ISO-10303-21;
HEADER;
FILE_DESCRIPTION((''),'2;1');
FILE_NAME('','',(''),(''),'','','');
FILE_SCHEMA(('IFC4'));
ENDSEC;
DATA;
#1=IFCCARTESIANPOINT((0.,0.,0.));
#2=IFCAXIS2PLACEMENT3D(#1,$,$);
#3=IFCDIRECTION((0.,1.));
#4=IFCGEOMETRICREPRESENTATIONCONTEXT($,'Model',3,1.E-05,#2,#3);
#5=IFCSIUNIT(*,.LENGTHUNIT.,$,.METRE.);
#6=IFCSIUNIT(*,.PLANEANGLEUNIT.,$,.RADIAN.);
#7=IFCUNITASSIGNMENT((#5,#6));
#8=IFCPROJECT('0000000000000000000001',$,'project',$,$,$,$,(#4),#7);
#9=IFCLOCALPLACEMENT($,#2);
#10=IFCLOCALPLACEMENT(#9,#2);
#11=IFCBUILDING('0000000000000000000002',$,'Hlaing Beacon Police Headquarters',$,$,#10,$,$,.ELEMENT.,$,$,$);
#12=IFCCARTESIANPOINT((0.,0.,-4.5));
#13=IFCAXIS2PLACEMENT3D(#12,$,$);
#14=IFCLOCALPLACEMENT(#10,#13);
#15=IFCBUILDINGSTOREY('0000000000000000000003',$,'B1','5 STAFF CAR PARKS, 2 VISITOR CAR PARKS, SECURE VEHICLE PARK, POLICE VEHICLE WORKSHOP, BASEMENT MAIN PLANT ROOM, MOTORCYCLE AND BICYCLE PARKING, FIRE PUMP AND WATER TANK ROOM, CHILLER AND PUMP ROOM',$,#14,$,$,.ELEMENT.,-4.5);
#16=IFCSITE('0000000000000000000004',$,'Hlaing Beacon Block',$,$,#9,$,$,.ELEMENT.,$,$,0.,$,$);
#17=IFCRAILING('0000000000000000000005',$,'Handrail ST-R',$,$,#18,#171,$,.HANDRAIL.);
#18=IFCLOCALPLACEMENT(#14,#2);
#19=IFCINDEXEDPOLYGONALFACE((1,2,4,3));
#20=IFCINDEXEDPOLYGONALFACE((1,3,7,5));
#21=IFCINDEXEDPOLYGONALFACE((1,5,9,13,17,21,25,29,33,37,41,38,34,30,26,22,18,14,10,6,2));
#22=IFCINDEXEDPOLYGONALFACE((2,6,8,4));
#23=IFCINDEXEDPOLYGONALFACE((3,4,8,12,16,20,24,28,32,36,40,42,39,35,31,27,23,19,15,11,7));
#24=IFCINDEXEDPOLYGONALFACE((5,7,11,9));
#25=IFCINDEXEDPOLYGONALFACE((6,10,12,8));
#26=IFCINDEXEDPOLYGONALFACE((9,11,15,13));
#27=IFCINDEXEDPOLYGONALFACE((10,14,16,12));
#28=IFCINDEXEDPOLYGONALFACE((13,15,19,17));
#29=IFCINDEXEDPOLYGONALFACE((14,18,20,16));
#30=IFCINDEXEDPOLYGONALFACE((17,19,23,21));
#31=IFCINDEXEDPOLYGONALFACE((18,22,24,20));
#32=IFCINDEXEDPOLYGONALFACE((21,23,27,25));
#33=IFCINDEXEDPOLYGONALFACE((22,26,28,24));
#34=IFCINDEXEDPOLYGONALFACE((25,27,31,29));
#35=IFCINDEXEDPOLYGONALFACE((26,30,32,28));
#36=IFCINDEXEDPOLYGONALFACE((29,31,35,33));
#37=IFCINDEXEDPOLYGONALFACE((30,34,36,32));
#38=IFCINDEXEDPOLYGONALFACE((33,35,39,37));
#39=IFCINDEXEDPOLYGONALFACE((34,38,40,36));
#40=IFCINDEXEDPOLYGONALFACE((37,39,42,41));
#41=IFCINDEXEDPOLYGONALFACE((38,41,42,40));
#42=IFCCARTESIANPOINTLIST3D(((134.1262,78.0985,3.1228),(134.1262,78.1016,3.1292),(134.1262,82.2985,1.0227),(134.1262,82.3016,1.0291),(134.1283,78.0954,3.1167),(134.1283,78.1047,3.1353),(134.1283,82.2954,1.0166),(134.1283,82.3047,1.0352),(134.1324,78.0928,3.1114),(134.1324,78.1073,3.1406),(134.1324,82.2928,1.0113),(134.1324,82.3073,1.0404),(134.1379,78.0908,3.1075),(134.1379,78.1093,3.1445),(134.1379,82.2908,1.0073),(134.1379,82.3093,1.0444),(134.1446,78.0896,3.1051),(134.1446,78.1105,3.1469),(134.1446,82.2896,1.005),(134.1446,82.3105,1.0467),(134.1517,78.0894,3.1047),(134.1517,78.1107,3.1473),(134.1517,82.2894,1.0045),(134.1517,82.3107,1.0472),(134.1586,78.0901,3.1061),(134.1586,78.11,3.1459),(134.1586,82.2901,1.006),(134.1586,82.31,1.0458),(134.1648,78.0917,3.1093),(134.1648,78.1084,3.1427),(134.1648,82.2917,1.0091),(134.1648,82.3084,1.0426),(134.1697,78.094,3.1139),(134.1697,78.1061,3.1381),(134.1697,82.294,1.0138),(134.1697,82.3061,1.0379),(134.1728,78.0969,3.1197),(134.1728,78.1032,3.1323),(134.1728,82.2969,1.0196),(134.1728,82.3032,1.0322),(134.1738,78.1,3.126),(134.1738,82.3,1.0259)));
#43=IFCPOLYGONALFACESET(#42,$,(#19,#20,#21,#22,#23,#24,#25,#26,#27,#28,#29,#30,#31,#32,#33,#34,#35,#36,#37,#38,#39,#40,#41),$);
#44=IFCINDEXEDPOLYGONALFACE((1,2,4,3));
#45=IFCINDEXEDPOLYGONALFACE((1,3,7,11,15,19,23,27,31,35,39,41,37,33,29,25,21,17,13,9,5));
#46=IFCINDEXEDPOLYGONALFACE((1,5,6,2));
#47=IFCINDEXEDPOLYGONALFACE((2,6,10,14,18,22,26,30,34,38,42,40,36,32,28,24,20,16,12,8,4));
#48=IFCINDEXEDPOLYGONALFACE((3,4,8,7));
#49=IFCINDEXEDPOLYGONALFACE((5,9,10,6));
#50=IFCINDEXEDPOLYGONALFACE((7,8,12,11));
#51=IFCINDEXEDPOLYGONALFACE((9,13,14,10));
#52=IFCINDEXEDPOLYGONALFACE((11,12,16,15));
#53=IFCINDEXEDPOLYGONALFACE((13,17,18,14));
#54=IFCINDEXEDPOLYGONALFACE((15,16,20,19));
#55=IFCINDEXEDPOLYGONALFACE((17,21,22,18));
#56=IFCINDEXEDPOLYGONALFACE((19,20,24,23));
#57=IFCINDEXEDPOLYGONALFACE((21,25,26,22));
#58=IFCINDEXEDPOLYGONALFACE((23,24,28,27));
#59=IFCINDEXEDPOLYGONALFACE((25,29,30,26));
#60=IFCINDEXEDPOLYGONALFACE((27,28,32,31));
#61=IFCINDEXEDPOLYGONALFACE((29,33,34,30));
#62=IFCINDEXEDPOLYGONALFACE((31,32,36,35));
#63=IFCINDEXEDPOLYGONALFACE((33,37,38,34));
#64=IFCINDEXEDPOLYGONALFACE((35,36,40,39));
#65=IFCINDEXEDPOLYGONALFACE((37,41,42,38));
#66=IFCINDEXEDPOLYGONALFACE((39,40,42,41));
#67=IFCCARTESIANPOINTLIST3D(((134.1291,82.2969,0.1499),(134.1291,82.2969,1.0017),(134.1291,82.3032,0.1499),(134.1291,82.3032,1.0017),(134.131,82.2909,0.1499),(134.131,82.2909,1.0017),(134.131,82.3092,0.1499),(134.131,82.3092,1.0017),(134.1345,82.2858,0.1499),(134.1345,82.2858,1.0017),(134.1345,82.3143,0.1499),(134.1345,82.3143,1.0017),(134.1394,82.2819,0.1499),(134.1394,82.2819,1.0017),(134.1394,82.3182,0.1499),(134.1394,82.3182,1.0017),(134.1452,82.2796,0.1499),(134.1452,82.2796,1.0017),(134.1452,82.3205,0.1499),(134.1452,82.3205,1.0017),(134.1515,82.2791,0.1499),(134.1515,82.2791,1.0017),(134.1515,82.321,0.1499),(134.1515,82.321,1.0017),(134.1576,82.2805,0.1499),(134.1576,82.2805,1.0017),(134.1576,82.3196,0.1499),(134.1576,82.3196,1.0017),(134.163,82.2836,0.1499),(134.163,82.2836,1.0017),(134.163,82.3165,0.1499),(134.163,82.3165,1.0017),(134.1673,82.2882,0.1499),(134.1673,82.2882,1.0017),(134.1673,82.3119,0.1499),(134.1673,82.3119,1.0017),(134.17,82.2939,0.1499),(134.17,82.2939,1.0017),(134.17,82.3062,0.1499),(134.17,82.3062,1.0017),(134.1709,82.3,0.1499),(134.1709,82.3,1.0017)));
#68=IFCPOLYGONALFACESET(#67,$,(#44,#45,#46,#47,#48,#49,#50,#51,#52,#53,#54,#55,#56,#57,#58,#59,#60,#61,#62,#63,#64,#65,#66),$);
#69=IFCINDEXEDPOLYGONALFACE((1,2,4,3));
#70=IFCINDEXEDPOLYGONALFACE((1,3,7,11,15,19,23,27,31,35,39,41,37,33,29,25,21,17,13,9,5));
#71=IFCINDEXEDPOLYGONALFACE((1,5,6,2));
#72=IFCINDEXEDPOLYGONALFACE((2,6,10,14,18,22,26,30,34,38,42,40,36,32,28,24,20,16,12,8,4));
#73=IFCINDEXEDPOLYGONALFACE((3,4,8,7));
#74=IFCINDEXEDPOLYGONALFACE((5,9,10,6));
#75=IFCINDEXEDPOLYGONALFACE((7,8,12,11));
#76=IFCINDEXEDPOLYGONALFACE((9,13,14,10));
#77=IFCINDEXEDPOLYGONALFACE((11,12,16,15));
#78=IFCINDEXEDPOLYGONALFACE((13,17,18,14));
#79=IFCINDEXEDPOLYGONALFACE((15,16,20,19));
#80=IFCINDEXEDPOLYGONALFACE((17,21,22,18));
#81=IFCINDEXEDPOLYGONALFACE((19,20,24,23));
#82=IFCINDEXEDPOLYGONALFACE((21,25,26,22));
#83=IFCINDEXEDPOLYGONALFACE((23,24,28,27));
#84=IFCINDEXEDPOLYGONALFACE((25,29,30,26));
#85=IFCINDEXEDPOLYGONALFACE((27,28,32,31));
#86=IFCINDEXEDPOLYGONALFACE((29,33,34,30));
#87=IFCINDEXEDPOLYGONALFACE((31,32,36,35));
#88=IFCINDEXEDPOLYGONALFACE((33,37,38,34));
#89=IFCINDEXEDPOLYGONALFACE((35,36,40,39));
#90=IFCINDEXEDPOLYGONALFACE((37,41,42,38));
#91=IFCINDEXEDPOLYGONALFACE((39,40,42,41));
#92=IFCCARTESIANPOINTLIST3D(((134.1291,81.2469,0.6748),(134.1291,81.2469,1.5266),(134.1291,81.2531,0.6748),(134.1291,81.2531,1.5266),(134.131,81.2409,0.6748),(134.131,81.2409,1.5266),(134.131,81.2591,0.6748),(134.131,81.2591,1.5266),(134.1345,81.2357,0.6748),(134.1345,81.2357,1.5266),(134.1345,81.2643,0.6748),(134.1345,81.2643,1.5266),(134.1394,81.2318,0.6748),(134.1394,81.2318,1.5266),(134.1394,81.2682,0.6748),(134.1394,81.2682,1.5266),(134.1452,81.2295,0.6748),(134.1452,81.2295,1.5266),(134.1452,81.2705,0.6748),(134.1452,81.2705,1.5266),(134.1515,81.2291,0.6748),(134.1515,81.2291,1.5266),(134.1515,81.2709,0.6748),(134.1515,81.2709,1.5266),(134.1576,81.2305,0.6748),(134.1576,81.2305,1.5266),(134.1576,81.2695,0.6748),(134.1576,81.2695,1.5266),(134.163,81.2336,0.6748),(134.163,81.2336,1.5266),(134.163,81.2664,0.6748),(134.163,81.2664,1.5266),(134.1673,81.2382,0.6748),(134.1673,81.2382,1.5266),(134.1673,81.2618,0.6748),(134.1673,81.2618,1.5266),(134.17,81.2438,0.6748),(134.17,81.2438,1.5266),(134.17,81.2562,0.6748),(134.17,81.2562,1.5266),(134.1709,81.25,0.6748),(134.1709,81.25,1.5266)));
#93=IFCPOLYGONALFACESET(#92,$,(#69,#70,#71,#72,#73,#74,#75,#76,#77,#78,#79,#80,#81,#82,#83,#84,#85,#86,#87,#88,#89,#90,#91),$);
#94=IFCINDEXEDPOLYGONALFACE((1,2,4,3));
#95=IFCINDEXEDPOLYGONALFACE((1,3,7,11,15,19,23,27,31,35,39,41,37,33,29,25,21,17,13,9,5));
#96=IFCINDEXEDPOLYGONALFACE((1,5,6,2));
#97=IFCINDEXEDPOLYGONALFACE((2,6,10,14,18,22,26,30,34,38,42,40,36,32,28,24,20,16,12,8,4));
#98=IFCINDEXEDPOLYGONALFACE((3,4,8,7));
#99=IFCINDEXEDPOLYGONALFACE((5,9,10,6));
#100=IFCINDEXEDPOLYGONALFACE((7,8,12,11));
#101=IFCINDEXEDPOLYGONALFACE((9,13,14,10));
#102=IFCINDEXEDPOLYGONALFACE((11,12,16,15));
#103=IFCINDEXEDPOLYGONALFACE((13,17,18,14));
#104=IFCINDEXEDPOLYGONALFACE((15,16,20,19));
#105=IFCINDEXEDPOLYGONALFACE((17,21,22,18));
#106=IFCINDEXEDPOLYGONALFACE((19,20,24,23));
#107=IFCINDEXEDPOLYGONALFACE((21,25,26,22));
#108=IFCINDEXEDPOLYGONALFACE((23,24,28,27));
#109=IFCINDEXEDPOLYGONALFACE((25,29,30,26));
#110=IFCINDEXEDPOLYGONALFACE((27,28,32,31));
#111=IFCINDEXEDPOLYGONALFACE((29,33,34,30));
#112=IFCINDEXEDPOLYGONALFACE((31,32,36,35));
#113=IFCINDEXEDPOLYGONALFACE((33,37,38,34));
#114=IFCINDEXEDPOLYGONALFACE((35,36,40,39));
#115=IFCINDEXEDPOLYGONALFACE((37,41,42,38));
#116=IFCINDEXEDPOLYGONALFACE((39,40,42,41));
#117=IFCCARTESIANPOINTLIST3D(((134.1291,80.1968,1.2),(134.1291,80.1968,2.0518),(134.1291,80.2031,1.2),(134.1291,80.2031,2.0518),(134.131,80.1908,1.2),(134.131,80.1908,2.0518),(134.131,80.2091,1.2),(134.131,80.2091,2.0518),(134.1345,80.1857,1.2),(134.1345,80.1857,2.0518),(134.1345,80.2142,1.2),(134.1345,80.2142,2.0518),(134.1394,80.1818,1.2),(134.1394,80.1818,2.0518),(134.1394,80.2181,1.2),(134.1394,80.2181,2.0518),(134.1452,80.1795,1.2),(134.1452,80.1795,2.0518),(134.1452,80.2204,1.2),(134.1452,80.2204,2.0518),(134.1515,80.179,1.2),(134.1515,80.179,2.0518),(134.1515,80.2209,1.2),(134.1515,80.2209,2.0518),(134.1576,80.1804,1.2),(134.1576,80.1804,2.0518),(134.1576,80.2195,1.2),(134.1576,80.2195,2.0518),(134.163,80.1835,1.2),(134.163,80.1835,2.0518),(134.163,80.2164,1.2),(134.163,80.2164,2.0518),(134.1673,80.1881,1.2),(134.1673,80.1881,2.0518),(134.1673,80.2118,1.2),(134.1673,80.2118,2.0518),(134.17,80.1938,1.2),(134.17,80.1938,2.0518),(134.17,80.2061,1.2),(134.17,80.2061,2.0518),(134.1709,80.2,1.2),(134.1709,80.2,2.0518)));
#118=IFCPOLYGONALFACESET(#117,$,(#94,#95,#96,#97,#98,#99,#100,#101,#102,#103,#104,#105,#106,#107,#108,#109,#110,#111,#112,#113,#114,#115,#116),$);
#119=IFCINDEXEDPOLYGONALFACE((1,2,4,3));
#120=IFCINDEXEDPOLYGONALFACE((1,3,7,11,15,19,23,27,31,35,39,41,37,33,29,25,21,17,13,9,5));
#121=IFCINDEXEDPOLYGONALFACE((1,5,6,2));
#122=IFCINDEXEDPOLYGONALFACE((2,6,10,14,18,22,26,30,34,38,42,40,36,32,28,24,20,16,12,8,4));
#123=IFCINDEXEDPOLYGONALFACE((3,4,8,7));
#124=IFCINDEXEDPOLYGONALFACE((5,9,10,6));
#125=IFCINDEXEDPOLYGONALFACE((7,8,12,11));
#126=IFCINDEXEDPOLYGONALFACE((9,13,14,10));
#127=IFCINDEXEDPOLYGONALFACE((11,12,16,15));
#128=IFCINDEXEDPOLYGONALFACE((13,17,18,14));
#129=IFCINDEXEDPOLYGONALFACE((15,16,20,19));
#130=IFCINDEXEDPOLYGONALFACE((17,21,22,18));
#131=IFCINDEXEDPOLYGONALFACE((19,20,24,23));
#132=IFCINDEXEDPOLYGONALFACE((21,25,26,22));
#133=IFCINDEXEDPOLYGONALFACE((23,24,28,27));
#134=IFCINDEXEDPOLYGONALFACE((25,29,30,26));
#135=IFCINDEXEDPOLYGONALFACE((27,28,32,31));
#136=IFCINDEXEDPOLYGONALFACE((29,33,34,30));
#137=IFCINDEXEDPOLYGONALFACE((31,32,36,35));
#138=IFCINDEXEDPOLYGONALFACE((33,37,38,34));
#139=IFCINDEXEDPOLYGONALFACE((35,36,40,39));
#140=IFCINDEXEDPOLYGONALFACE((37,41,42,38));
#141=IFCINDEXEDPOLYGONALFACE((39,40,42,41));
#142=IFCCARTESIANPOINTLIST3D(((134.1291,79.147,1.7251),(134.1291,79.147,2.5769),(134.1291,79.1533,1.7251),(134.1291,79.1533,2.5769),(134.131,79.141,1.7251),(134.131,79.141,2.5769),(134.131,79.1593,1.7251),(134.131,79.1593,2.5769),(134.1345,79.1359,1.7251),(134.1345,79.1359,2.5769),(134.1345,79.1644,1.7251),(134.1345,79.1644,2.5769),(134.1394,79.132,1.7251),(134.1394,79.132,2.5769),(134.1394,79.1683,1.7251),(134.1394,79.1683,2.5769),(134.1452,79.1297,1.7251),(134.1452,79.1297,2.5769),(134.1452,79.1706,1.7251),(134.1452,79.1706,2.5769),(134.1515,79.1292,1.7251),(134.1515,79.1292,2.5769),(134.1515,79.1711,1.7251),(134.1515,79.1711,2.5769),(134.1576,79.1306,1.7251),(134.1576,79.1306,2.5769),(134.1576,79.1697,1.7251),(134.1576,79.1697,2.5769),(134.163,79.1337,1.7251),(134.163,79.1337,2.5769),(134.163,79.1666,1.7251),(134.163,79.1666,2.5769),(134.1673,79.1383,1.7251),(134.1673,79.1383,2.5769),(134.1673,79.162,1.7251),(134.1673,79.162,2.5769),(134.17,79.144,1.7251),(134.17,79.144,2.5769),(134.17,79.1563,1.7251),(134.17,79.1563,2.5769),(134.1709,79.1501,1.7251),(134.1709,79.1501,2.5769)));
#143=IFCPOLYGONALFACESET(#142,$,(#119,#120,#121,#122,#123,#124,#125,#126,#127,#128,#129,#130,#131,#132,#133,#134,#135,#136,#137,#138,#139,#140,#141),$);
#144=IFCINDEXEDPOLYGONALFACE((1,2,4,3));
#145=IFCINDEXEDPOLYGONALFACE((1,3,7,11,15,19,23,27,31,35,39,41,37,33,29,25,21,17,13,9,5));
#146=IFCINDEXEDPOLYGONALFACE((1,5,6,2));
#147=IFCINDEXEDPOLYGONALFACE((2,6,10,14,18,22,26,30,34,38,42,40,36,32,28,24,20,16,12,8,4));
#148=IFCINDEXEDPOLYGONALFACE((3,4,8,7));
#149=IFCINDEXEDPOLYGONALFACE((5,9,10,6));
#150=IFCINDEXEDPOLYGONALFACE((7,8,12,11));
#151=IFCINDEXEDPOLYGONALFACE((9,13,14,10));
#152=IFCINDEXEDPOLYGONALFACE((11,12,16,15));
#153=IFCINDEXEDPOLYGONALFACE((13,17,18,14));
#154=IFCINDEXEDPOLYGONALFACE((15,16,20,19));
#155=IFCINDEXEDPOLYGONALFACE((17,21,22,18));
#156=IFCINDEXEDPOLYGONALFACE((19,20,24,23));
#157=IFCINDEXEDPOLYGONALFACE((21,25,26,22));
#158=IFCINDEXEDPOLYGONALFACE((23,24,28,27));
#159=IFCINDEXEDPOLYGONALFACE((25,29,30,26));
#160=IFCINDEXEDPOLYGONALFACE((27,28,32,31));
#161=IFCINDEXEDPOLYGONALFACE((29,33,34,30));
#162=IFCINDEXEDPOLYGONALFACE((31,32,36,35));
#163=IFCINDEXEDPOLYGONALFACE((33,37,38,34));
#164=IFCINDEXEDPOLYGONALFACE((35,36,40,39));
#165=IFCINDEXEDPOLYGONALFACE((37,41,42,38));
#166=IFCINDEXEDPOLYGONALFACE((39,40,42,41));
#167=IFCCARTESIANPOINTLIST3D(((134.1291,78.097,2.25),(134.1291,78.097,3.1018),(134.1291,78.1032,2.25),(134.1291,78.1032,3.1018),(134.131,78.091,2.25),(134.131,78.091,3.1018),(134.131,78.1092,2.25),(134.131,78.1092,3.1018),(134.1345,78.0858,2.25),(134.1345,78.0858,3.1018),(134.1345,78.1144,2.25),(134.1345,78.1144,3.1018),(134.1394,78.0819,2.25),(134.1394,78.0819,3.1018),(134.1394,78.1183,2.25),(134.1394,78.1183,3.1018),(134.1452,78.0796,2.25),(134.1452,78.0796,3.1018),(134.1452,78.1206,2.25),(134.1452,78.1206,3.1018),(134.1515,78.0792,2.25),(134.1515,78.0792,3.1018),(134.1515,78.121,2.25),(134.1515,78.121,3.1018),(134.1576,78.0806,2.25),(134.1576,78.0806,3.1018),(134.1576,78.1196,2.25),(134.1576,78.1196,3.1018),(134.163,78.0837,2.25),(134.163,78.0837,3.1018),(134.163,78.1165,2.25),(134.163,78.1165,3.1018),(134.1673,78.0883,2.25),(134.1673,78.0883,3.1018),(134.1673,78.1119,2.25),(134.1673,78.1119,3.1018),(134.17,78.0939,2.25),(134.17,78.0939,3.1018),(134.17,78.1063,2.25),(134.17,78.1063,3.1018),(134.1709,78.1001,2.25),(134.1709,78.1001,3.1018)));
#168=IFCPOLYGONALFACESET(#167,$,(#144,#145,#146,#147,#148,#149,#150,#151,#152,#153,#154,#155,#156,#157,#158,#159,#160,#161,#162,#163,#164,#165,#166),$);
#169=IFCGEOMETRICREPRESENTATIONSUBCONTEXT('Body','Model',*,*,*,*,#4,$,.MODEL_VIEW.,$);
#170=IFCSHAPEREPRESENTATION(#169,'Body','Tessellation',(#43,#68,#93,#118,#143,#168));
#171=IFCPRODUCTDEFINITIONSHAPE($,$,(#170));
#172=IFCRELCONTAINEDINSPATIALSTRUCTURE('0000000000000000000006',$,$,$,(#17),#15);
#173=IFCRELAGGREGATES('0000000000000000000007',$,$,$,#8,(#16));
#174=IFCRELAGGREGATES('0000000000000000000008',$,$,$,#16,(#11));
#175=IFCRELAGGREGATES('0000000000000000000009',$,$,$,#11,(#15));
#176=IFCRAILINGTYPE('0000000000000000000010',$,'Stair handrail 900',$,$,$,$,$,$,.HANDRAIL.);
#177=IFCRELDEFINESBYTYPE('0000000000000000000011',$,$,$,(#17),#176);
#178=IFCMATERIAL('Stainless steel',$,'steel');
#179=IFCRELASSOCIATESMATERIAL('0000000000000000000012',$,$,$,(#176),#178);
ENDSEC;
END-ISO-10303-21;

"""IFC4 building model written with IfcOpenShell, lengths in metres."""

from ifc_helpers import new_model, si_unit, direction, frame, origin, origin_2d, place, context, subcontext, project, spatial, circle, extrude, material, type_object, element, save


model = new_model("IFC4")

# Units and contexts
model_context = context("Model", 3, precision=1e-05, world=origin(), true_north=direction((0.0, 1.0)))
body_context = subcontext(model_context, "Body", "Model", "MODEL_VIEW")
ifc_project = project(units=[si_unit("LENGTHUNIT", "METRE"), si_unit("PLANEANGLEUNIT", "RADIAN")], contexts=[model_context])

# Site, building, storey
site_placement = place(None, origin())
site = spatial("IfcSite", under=ifc_project, at=site_placement, Name="Hlaing Beacon Block", CompositionType="ELEMENT", RefElevation=0.0)
building_placement = place(site_placement, origin())
building = spatial("IfcBuilding", under=site, at=building_placement, Name="Hlaing Beacon Police Headquarters", CompositionType="ELEMENT")
storey_placement = place(building_placement, frame((0.0, 0.0, -4.5)))
storey = spatial("IfcBuildingStorey", under=building, at=storey_placement, Name="B1", Description="5 STAFF CAR PARKS, 2 VISITOR CAR PARKS, SECURE VEHICLE PARK, POLICE VEHICLE WORKSHOP, BASEMENT MAIN PLANT ROOM, MOTORCYCLE AND BICYCLE PARKING, FIRE PUMP AND WATER TANK ROOM, CHILLER AND PUMP ROOM", CompositionType="ELEMENT", Elevation=-4.5)

# Railing
ifc_material_1 = material(Name="Stainless steel", Category="steel")
railing_type = type_object("IfcRailingType", Name="Stair handrail 900", PredefinedType="HANDRAIL", material=ifc_material_1)
for number, where, name in (
    (1, (134.1499, 82.3, 0.1499), "Handrail ST-R"),
):
    element("IfcRailing", number, at=place(storey_placement, frame(where)), inside=storey, type_object=railing_type, Name=name, PredefinedType="HANDRAIL", context=body_context, shape_type="SweptSolid", body=[
        extrude(circle(Radius=0.0239, at=origin_2d()), frame((0.0, 0.0, 0.876), z_axis=(0.0, -0.894417, 0.447234), x_axis=(1.0, 0.0, 0.0)), (0.0, 0.0, 1.0), 4.6958),
        extrude(circle(Radius=0.021, at=origin_2d()), origin(), (0.0, 0.0, 1.0), 0.8518),
        extrude(circle(Radius=0.021, at=origin_2d()), frame((0.0, -1.05, 0.5249)), (0.0, 0.0, 1.0), 0.8518),
        extrude(circle(Radius=0.021, at=origin_2d()), frame((0.0, -2.1001, 1.05)), (0.0, 0.0, 1.0), 0.8518),
        extrude(circle(Radius=0.021, at=origin_2d()), frame((0.0, -3.1499, 1.5752)), (0.0, 0.0, 1.0), 0.8518),
        extrude(circle(Radius=0.021, at=origin_2d()), frame((0.0, -4.2, 2.1001)), (0.0, 0.0, 1.0), 0.8518),
    ])

save(model, "model.ifc")
